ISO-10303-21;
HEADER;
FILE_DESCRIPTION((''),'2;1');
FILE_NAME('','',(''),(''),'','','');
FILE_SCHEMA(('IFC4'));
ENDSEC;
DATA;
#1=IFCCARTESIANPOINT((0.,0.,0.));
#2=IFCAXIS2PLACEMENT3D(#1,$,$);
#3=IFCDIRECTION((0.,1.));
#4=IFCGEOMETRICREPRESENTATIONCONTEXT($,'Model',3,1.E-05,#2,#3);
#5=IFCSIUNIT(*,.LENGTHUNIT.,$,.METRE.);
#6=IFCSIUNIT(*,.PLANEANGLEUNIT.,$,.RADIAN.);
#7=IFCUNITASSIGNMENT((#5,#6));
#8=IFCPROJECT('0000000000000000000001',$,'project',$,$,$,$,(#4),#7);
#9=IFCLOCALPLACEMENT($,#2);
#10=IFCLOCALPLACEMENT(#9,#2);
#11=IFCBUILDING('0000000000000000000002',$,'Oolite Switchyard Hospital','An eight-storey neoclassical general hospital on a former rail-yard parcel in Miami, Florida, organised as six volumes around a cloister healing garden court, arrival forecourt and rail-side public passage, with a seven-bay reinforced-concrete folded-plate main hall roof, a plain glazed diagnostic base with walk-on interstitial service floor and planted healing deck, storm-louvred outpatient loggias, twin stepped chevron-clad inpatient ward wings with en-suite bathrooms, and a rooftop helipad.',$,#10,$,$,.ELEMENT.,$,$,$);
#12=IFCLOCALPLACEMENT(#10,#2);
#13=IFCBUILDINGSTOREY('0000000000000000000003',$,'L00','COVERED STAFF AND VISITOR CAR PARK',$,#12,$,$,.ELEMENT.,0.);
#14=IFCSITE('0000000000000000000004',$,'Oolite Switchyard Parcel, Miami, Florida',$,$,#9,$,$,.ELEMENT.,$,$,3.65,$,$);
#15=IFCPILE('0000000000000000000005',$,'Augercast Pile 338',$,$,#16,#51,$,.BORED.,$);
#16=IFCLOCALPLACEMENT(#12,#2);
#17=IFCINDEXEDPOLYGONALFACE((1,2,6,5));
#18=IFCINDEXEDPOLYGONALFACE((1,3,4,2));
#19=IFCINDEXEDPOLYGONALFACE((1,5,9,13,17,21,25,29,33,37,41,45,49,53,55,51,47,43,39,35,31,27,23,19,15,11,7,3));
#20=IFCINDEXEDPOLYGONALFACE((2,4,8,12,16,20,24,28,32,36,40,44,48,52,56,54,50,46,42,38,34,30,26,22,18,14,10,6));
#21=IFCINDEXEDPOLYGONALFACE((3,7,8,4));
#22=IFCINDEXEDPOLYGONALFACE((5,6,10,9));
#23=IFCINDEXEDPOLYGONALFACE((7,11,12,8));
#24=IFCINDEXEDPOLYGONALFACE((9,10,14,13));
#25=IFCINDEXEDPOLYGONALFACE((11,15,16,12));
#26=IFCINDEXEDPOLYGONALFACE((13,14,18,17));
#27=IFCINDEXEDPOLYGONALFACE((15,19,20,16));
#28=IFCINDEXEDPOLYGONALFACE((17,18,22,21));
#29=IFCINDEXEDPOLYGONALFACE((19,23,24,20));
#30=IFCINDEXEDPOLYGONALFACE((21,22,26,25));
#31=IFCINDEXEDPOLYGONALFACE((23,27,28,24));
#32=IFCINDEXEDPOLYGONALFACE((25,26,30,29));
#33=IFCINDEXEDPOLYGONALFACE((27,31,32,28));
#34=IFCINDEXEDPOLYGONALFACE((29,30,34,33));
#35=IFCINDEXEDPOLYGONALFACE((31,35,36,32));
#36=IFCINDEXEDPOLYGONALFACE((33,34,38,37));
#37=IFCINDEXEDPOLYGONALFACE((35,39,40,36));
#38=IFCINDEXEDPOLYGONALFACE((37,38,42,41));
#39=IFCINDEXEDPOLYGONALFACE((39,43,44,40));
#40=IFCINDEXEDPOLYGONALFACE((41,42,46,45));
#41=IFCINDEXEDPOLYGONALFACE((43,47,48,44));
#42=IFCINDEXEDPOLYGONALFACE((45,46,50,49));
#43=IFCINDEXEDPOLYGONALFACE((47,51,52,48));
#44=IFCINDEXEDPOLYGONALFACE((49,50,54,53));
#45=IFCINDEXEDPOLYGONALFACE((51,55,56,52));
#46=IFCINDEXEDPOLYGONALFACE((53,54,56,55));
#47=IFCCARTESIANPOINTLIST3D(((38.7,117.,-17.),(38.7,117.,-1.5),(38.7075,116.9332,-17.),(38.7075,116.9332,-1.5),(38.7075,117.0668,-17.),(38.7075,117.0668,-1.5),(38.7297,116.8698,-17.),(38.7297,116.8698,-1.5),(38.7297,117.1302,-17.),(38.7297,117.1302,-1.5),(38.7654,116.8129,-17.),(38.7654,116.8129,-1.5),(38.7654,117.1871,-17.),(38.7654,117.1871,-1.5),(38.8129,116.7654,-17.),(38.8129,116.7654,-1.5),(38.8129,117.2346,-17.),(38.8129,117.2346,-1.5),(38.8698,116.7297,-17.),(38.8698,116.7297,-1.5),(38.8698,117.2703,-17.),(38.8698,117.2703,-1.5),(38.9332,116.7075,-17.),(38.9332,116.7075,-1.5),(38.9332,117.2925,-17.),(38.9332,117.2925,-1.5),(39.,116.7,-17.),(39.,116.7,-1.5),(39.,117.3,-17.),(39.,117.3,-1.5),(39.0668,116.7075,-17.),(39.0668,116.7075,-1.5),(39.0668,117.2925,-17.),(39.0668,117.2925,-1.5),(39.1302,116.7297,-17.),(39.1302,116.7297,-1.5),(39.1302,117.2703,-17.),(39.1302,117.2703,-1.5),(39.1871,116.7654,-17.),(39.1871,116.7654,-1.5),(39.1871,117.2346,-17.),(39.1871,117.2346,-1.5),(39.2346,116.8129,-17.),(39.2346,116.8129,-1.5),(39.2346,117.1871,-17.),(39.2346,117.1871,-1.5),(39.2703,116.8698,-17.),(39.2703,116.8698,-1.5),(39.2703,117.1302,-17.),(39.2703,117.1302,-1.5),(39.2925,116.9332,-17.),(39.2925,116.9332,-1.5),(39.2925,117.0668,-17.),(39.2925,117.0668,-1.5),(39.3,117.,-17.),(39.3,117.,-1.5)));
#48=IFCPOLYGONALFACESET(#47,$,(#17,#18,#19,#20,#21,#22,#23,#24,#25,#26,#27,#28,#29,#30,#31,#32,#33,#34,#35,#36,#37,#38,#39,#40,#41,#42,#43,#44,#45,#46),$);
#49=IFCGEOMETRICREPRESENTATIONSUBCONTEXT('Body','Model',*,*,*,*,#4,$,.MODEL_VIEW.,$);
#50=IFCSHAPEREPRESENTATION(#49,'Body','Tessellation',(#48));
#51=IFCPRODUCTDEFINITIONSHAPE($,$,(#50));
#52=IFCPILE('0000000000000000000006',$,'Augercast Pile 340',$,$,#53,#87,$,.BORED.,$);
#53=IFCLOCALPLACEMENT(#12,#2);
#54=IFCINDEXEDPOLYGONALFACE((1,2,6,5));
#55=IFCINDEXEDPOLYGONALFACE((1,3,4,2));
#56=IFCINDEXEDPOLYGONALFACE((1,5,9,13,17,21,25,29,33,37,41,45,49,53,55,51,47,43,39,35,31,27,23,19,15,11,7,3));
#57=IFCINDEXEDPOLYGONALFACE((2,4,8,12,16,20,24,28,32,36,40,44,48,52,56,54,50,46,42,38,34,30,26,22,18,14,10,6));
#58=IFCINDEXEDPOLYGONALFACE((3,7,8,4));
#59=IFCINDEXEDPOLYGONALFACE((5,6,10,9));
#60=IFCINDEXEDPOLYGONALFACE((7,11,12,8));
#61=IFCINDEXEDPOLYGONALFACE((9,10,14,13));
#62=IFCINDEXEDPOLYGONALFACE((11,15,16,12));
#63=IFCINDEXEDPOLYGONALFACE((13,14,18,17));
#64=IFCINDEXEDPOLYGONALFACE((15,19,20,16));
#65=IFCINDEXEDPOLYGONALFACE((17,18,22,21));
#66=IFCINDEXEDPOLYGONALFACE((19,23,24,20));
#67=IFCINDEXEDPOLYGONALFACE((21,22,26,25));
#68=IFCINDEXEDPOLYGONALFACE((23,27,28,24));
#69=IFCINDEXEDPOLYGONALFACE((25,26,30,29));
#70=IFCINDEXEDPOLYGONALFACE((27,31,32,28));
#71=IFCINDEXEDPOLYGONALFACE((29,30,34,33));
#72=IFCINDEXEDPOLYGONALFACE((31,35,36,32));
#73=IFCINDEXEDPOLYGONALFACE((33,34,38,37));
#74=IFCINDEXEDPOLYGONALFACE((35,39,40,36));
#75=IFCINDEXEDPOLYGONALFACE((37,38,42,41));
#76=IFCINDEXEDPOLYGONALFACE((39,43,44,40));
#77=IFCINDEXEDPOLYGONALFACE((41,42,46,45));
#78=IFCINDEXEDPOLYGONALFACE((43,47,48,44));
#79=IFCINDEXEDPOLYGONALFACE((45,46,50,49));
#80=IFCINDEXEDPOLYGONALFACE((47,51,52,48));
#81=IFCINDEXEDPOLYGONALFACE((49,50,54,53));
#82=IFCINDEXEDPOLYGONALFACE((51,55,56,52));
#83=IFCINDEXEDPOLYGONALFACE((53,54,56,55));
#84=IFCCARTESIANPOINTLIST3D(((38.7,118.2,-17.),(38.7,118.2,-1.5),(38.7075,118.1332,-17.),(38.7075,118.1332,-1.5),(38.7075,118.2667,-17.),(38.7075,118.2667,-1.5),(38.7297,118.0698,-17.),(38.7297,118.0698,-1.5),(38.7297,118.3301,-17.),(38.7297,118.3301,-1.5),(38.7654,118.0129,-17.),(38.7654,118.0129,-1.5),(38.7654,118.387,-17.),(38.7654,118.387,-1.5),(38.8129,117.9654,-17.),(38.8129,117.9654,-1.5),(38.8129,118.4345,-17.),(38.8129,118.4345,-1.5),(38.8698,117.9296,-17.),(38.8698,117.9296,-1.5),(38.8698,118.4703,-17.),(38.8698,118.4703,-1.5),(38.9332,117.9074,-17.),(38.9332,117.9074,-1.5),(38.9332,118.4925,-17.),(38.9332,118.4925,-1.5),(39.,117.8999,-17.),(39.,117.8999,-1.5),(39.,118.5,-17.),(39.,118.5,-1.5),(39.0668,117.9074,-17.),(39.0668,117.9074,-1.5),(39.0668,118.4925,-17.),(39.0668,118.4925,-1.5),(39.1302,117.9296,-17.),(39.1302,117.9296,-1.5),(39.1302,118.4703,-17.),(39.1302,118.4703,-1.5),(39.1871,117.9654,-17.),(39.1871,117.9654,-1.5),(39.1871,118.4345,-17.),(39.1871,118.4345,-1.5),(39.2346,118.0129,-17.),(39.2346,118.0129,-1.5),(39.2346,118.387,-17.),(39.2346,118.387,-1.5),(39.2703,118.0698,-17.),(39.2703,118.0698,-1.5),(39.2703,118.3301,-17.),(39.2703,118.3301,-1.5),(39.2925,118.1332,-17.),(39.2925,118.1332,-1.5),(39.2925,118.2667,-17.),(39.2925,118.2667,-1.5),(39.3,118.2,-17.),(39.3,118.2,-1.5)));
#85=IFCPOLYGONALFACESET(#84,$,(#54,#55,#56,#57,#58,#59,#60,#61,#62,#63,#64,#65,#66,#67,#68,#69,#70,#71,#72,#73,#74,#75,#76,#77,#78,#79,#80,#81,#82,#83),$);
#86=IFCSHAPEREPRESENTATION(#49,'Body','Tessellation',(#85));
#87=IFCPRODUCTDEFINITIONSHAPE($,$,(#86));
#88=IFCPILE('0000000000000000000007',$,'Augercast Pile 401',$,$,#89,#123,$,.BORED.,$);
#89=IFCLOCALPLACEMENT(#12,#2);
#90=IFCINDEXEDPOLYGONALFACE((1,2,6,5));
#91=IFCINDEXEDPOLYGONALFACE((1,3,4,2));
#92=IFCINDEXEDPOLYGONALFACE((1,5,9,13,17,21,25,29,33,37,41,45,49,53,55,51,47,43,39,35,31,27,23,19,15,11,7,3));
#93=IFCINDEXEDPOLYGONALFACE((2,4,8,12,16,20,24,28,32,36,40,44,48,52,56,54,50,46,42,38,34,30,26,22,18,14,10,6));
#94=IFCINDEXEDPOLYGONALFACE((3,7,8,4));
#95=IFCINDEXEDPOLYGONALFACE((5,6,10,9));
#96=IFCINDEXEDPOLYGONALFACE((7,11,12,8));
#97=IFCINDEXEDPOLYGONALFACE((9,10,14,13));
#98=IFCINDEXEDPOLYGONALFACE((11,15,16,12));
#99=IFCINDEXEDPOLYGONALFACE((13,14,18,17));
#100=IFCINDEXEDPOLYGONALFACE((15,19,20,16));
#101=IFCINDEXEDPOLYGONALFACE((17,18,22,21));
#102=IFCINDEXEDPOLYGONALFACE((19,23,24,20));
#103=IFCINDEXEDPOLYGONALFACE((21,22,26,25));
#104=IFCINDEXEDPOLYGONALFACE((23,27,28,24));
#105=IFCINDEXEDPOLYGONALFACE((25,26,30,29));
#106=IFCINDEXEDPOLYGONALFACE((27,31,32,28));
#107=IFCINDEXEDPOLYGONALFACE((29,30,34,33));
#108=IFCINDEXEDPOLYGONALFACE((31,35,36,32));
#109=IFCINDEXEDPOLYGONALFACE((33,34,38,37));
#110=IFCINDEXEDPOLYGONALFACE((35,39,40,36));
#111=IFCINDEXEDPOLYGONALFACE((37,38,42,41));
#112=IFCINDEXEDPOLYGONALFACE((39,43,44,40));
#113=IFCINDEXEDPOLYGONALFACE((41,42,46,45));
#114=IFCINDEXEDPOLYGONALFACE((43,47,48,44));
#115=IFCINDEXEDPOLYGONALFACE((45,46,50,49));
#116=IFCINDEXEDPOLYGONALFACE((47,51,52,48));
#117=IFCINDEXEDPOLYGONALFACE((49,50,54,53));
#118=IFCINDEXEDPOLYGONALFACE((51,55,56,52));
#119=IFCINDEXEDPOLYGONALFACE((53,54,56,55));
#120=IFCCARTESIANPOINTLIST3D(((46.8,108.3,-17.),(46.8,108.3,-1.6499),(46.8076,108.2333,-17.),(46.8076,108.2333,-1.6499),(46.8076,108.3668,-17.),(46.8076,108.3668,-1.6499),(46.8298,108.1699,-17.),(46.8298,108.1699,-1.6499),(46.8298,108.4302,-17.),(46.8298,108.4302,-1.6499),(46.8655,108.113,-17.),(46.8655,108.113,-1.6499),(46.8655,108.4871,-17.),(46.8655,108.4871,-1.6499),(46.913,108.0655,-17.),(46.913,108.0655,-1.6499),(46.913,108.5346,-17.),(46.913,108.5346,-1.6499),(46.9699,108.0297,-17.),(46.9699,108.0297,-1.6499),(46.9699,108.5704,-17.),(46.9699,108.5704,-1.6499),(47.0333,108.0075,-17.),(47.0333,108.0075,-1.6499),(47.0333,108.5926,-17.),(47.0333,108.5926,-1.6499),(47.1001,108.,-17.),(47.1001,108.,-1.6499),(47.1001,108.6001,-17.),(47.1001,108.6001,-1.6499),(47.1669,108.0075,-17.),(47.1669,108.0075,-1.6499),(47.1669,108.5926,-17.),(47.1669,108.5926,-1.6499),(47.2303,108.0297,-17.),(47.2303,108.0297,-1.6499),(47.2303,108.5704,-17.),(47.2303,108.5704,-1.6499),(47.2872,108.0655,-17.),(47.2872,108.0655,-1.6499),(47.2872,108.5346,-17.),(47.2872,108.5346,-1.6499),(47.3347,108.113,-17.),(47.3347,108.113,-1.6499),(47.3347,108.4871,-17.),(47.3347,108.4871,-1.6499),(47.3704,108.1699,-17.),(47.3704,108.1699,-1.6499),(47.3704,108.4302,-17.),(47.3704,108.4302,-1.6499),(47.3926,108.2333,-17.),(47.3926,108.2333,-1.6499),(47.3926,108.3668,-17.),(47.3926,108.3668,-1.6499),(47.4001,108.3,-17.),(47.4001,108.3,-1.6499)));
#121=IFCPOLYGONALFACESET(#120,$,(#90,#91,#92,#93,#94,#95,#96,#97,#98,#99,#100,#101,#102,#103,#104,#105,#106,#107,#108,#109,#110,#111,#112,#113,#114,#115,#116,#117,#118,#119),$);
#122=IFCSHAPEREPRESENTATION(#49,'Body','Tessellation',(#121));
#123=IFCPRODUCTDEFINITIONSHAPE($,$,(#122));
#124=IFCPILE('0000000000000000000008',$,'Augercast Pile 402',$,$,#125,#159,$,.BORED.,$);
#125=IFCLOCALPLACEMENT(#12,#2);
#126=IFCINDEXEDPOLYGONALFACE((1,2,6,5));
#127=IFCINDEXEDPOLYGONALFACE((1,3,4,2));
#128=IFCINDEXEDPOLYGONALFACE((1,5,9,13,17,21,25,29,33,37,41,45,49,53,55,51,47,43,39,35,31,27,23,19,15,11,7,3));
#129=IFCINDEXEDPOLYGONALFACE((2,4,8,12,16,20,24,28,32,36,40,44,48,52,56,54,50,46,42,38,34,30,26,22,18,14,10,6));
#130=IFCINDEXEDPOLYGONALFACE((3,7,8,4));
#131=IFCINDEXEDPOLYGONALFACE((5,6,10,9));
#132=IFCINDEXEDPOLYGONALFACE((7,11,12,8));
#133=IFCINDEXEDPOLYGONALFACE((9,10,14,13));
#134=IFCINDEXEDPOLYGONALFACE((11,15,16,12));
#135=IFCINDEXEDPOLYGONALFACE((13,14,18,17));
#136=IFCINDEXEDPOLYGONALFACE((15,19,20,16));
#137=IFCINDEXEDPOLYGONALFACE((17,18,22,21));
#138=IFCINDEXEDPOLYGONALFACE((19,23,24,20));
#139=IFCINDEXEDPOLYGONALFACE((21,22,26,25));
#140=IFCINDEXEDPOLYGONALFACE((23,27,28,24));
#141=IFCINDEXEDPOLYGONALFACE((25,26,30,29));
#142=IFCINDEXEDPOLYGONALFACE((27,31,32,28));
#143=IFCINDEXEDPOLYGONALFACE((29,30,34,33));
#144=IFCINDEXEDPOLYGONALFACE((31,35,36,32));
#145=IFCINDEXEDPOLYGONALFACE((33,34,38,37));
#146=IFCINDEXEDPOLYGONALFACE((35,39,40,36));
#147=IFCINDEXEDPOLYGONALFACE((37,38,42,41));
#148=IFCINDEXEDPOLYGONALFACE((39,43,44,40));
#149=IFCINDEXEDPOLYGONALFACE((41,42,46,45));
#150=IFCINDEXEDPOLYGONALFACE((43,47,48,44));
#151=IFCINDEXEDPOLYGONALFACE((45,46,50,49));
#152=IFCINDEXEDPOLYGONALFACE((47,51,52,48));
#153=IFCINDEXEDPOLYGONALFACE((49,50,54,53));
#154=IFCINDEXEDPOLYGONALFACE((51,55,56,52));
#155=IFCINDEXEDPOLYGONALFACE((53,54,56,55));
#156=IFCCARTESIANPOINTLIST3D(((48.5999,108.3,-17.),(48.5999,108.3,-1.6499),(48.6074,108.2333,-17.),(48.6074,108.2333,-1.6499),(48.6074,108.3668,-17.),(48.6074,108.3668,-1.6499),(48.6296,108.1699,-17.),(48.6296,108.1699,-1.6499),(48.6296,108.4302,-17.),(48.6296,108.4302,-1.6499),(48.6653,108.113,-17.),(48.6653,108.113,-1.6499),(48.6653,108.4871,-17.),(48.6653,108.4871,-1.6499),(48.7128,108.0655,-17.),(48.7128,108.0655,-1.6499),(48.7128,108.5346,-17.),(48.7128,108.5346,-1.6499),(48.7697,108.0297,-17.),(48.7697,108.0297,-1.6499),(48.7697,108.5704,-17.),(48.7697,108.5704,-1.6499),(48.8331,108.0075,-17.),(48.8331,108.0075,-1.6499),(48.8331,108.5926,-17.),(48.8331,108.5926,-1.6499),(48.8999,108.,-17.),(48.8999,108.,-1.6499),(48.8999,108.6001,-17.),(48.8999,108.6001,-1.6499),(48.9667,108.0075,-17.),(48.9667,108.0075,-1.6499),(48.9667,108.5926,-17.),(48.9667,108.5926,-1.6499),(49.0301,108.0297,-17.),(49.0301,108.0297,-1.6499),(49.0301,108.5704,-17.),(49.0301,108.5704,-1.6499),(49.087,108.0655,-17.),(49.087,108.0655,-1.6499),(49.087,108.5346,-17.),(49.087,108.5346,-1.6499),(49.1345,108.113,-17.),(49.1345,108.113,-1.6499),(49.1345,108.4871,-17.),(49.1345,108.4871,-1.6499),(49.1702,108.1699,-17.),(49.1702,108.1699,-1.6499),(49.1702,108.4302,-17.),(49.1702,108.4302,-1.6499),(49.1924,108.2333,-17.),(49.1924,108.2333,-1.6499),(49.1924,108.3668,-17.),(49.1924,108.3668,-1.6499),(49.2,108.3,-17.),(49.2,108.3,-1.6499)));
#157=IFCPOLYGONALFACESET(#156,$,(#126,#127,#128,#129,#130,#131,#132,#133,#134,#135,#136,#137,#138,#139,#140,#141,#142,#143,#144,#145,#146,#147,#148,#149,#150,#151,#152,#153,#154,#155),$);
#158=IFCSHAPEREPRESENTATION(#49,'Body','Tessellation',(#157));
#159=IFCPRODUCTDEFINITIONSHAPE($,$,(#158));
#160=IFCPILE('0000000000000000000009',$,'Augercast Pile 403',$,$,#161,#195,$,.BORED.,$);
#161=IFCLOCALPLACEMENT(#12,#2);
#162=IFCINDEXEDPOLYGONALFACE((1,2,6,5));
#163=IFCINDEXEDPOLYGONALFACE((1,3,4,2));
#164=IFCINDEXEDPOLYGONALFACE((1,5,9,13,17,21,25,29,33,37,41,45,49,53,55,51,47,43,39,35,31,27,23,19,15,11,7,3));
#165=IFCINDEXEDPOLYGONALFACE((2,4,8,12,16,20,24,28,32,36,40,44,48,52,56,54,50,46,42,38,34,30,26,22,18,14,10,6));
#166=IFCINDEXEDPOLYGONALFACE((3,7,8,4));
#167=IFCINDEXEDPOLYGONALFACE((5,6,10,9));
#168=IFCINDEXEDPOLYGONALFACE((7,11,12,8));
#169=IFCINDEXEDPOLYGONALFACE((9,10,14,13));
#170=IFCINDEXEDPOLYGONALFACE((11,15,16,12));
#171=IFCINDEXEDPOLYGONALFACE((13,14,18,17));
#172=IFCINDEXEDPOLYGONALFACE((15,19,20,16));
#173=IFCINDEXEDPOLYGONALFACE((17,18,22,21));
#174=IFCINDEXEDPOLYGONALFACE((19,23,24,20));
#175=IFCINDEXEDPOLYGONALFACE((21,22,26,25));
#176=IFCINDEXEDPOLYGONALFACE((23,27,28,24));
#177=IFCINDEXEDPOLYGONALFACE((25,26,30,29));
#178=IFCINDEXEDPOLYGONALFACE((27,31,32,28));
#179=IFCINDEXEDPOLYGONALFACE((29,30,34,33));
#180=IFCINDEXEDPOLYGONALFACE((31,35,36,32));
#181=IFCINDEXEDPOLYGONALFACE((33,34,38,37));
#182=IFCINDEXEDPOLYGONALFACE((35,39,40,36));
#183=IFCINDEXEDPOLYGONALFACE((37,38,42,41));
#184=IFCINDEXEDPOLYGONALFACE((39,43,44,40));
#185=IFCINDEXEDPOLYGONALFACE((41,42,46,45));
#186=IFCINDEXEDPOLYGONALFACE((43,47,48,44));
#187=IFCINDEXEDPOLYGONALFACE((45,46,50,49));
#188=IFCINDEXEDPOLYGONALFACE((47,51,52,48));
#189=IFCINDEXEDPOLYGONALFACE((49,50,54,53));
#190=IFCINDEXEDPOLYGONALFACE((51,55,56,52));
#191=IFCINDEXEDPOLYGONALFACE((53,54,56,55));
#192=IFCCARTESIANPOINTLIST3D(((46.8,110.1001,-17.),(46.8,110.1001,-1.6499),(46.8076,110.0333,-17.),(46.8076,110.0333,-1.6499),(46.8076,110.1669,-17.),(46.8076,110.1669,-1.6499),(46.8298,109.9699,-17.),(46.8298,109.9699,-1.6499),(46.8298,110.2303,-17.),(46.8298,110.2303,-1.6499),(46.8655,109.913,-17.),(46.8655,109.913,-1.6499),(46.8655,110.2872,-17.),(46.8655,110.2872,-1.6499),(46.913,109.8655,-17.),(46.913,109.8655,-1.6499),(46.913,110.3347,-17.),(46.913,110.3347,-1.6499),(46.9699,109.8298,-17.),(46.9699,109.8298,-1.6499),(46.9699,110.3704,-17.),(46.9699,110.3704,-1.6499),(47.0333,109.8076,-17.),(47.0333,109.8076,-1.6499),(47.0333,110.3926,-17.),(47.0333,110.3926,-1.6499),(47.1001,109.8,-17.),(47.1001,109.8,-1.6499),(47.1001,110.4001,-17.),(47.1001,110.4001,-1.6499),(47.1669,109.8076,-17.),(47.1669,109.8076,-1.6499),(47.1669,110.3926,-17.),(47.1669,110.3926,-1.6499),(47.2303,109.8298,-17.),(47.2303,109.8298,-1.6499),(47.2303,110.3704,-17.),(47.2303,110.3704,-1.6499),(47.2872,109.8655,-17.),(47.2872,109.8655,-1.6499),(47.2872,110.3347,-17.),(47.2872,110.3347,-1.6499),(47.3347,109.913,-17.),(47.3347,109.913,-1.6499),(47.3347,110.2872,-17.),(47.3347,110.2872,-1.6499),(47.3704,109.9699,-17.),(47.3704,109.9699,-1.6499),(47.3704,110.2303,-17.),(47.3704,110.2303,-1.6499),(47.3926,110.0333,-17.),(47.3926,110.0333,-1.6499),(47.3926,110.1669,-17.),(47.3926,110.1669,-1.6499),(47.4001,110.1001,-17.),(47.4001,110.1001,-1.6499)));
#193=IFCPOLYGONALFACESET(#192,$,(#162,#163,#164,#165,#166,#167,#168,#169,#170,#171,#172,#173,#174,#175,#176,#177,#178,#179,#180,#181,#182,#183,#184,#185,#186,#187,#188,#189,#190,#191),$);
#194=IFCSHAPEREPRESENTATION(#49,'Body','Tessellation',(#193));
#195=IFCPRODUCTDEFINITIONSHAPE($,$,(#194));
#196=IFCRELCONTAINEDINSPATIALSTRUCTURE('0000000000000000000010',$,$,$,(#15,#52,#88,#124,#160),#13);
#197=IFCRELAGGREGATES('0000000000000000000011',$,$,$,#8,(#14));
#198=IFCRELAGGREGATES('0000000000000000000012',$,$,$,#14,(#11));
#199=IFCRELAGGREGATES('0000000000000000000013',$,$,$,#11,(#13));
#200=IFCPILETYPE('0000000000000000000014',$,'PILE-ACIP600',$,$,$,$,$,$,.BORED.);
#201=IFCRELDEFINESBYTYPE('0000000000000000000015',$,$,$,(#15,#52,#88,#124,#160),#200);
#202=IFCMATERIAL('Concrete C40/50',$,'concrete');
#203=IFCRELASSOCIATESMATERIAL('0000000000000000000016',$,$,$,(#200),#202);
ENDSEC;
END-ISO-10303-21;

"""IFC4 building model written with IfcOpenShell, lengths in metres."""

from ifc_helpers import new_model, si_unit, direction, frame, origin, origin_2d, place, context, subcontext, project, spatial, circle, extrude, material, material_profile, profile_set, type_object, element, save


model = new_model("IFC4")

# Units and contexts
model_context = context("Model", 3, precision=1e-05, world=origin(), true_north=direction((0.0, 1.0)))
body_context = subcontext(model_context, "Body", "Model", "MODEL_VIEW")
ifc_project = project(units=[si_unit("LENGTHUNIT", "METRE"), si_unit("PLANEANGLEUNIT", "RADIAN")], contexts=[model_context])

# Site, building, storey
site_placement = place(None, origin())
site = spatial("IfcSite", under=ifc_project, at=site_placement, Name="Oolite Switchyard Parcel, Miami, Florida", CompositionType="ELEMENT", RefElevation=3.65)
building_placement = place(site_placement, origin())
building = spatial("IfcBuilding", under=site, at=building_placement, Name="Oolite Switchyard Hospital", Description="An eight-storey neoclassical general hospital on a former rail-yard parcel in Miami, Florida, organised as six volumes around a cloister healing garden court, arrival forecourt and rail-side public passage, with a seven-bay reinforced-concrete folded-plate main hall roof, a plain glazed diagnostic base with walk-on interstitial service floor and planted healing deck, storm-louvred outpatient loggias, twin stepped chevron-clad inpatient ward wings with en-suite bathrooms, and a rooftop helipad.", CompositionType="ELEMENT")
storey_placement = place(building_placement, origin())
storey = spatial("IfcBuildingStorey", under=building, at=storey_placement, Name="L00", Description="COVERED STAFF AND VISITOR CAR PARK", CompositionType="ELEMENT", Elevation=0.0)

# Shared definitions
ifc_material_1 = material(Name="Concrete C40/50", Category="concrete")

# Piles
ifc_material_profile_1 = material_profile(ifc_material_1, circle(Radius=0.3, at=origin_2d()), Name="PILE600")
ifc_profile_set_1 = profile_set([ifc_material_profile_1], Name="Concrete C40/50")
pile_type = type_object("IfcPileType", Name="PILE-ACIP600", PredefinedType="BORED", material=ifc_profile_set_1)
for number, where, z_axis, x_axis, name in (
    (1, (39.0, 117.0, -1.5), (0.0, 0.0, -1.0), (1.0, 0.0, 0.0), "Augercast Pile 338"),
    (2, (39.0, 118.2, -1.5), (0.0, 0.0, -1.0), (1.0, 0.0, 0.0), "Augercast Pile 340"),
):
    element("IfcPile", number, at=place(storey_placement, frame(where, z_axis=z_axis, x_axis=x_axis)), inside=storey, type_object=pile_type, Name=name, PredefinedType="BORED", context=body_context, shape_type="SweptSolid", body=[
        extrude(circle(Radius=0.3, at=origin_2d()), origin(), (0.0, 0.0, 1.0), 15.5),
    ])
for number, where, z_axis, x_axis, name in (
    (3, (47.1001, 108.3, -1.6499), (0.0, 0.0, -1.0), (1.0, 0.0, 0.0), "Augercast Pile 401"),
    (4, (48.8999, 108.3, -1.6499), (0.0, 0.0, -1.0), (1.0, 0.0, 0.0), "Augercast Pile 402"),
    (5, (47.1001, 110.1001, -1.6499), (0.0, 0.0, -1.0), (1.0, 0.0, 0.0), "Augercast Pile 403"),
):
    element("IfcPile", number, at=place(storey_placement, frame(where, z_axis=z_axis, x_axis=x_axis)), inside=storey, type_object=pile_type, Name=name, PredefinedType="BORED", context=body_context, shape_type="SweptSolid", body=[
        extrude(circle(Radius=0.3, at=origin_2d()), origin(), (0.0, 0.0, 1.0), 15.3501),
    ])

save(model, "model.ifc")
